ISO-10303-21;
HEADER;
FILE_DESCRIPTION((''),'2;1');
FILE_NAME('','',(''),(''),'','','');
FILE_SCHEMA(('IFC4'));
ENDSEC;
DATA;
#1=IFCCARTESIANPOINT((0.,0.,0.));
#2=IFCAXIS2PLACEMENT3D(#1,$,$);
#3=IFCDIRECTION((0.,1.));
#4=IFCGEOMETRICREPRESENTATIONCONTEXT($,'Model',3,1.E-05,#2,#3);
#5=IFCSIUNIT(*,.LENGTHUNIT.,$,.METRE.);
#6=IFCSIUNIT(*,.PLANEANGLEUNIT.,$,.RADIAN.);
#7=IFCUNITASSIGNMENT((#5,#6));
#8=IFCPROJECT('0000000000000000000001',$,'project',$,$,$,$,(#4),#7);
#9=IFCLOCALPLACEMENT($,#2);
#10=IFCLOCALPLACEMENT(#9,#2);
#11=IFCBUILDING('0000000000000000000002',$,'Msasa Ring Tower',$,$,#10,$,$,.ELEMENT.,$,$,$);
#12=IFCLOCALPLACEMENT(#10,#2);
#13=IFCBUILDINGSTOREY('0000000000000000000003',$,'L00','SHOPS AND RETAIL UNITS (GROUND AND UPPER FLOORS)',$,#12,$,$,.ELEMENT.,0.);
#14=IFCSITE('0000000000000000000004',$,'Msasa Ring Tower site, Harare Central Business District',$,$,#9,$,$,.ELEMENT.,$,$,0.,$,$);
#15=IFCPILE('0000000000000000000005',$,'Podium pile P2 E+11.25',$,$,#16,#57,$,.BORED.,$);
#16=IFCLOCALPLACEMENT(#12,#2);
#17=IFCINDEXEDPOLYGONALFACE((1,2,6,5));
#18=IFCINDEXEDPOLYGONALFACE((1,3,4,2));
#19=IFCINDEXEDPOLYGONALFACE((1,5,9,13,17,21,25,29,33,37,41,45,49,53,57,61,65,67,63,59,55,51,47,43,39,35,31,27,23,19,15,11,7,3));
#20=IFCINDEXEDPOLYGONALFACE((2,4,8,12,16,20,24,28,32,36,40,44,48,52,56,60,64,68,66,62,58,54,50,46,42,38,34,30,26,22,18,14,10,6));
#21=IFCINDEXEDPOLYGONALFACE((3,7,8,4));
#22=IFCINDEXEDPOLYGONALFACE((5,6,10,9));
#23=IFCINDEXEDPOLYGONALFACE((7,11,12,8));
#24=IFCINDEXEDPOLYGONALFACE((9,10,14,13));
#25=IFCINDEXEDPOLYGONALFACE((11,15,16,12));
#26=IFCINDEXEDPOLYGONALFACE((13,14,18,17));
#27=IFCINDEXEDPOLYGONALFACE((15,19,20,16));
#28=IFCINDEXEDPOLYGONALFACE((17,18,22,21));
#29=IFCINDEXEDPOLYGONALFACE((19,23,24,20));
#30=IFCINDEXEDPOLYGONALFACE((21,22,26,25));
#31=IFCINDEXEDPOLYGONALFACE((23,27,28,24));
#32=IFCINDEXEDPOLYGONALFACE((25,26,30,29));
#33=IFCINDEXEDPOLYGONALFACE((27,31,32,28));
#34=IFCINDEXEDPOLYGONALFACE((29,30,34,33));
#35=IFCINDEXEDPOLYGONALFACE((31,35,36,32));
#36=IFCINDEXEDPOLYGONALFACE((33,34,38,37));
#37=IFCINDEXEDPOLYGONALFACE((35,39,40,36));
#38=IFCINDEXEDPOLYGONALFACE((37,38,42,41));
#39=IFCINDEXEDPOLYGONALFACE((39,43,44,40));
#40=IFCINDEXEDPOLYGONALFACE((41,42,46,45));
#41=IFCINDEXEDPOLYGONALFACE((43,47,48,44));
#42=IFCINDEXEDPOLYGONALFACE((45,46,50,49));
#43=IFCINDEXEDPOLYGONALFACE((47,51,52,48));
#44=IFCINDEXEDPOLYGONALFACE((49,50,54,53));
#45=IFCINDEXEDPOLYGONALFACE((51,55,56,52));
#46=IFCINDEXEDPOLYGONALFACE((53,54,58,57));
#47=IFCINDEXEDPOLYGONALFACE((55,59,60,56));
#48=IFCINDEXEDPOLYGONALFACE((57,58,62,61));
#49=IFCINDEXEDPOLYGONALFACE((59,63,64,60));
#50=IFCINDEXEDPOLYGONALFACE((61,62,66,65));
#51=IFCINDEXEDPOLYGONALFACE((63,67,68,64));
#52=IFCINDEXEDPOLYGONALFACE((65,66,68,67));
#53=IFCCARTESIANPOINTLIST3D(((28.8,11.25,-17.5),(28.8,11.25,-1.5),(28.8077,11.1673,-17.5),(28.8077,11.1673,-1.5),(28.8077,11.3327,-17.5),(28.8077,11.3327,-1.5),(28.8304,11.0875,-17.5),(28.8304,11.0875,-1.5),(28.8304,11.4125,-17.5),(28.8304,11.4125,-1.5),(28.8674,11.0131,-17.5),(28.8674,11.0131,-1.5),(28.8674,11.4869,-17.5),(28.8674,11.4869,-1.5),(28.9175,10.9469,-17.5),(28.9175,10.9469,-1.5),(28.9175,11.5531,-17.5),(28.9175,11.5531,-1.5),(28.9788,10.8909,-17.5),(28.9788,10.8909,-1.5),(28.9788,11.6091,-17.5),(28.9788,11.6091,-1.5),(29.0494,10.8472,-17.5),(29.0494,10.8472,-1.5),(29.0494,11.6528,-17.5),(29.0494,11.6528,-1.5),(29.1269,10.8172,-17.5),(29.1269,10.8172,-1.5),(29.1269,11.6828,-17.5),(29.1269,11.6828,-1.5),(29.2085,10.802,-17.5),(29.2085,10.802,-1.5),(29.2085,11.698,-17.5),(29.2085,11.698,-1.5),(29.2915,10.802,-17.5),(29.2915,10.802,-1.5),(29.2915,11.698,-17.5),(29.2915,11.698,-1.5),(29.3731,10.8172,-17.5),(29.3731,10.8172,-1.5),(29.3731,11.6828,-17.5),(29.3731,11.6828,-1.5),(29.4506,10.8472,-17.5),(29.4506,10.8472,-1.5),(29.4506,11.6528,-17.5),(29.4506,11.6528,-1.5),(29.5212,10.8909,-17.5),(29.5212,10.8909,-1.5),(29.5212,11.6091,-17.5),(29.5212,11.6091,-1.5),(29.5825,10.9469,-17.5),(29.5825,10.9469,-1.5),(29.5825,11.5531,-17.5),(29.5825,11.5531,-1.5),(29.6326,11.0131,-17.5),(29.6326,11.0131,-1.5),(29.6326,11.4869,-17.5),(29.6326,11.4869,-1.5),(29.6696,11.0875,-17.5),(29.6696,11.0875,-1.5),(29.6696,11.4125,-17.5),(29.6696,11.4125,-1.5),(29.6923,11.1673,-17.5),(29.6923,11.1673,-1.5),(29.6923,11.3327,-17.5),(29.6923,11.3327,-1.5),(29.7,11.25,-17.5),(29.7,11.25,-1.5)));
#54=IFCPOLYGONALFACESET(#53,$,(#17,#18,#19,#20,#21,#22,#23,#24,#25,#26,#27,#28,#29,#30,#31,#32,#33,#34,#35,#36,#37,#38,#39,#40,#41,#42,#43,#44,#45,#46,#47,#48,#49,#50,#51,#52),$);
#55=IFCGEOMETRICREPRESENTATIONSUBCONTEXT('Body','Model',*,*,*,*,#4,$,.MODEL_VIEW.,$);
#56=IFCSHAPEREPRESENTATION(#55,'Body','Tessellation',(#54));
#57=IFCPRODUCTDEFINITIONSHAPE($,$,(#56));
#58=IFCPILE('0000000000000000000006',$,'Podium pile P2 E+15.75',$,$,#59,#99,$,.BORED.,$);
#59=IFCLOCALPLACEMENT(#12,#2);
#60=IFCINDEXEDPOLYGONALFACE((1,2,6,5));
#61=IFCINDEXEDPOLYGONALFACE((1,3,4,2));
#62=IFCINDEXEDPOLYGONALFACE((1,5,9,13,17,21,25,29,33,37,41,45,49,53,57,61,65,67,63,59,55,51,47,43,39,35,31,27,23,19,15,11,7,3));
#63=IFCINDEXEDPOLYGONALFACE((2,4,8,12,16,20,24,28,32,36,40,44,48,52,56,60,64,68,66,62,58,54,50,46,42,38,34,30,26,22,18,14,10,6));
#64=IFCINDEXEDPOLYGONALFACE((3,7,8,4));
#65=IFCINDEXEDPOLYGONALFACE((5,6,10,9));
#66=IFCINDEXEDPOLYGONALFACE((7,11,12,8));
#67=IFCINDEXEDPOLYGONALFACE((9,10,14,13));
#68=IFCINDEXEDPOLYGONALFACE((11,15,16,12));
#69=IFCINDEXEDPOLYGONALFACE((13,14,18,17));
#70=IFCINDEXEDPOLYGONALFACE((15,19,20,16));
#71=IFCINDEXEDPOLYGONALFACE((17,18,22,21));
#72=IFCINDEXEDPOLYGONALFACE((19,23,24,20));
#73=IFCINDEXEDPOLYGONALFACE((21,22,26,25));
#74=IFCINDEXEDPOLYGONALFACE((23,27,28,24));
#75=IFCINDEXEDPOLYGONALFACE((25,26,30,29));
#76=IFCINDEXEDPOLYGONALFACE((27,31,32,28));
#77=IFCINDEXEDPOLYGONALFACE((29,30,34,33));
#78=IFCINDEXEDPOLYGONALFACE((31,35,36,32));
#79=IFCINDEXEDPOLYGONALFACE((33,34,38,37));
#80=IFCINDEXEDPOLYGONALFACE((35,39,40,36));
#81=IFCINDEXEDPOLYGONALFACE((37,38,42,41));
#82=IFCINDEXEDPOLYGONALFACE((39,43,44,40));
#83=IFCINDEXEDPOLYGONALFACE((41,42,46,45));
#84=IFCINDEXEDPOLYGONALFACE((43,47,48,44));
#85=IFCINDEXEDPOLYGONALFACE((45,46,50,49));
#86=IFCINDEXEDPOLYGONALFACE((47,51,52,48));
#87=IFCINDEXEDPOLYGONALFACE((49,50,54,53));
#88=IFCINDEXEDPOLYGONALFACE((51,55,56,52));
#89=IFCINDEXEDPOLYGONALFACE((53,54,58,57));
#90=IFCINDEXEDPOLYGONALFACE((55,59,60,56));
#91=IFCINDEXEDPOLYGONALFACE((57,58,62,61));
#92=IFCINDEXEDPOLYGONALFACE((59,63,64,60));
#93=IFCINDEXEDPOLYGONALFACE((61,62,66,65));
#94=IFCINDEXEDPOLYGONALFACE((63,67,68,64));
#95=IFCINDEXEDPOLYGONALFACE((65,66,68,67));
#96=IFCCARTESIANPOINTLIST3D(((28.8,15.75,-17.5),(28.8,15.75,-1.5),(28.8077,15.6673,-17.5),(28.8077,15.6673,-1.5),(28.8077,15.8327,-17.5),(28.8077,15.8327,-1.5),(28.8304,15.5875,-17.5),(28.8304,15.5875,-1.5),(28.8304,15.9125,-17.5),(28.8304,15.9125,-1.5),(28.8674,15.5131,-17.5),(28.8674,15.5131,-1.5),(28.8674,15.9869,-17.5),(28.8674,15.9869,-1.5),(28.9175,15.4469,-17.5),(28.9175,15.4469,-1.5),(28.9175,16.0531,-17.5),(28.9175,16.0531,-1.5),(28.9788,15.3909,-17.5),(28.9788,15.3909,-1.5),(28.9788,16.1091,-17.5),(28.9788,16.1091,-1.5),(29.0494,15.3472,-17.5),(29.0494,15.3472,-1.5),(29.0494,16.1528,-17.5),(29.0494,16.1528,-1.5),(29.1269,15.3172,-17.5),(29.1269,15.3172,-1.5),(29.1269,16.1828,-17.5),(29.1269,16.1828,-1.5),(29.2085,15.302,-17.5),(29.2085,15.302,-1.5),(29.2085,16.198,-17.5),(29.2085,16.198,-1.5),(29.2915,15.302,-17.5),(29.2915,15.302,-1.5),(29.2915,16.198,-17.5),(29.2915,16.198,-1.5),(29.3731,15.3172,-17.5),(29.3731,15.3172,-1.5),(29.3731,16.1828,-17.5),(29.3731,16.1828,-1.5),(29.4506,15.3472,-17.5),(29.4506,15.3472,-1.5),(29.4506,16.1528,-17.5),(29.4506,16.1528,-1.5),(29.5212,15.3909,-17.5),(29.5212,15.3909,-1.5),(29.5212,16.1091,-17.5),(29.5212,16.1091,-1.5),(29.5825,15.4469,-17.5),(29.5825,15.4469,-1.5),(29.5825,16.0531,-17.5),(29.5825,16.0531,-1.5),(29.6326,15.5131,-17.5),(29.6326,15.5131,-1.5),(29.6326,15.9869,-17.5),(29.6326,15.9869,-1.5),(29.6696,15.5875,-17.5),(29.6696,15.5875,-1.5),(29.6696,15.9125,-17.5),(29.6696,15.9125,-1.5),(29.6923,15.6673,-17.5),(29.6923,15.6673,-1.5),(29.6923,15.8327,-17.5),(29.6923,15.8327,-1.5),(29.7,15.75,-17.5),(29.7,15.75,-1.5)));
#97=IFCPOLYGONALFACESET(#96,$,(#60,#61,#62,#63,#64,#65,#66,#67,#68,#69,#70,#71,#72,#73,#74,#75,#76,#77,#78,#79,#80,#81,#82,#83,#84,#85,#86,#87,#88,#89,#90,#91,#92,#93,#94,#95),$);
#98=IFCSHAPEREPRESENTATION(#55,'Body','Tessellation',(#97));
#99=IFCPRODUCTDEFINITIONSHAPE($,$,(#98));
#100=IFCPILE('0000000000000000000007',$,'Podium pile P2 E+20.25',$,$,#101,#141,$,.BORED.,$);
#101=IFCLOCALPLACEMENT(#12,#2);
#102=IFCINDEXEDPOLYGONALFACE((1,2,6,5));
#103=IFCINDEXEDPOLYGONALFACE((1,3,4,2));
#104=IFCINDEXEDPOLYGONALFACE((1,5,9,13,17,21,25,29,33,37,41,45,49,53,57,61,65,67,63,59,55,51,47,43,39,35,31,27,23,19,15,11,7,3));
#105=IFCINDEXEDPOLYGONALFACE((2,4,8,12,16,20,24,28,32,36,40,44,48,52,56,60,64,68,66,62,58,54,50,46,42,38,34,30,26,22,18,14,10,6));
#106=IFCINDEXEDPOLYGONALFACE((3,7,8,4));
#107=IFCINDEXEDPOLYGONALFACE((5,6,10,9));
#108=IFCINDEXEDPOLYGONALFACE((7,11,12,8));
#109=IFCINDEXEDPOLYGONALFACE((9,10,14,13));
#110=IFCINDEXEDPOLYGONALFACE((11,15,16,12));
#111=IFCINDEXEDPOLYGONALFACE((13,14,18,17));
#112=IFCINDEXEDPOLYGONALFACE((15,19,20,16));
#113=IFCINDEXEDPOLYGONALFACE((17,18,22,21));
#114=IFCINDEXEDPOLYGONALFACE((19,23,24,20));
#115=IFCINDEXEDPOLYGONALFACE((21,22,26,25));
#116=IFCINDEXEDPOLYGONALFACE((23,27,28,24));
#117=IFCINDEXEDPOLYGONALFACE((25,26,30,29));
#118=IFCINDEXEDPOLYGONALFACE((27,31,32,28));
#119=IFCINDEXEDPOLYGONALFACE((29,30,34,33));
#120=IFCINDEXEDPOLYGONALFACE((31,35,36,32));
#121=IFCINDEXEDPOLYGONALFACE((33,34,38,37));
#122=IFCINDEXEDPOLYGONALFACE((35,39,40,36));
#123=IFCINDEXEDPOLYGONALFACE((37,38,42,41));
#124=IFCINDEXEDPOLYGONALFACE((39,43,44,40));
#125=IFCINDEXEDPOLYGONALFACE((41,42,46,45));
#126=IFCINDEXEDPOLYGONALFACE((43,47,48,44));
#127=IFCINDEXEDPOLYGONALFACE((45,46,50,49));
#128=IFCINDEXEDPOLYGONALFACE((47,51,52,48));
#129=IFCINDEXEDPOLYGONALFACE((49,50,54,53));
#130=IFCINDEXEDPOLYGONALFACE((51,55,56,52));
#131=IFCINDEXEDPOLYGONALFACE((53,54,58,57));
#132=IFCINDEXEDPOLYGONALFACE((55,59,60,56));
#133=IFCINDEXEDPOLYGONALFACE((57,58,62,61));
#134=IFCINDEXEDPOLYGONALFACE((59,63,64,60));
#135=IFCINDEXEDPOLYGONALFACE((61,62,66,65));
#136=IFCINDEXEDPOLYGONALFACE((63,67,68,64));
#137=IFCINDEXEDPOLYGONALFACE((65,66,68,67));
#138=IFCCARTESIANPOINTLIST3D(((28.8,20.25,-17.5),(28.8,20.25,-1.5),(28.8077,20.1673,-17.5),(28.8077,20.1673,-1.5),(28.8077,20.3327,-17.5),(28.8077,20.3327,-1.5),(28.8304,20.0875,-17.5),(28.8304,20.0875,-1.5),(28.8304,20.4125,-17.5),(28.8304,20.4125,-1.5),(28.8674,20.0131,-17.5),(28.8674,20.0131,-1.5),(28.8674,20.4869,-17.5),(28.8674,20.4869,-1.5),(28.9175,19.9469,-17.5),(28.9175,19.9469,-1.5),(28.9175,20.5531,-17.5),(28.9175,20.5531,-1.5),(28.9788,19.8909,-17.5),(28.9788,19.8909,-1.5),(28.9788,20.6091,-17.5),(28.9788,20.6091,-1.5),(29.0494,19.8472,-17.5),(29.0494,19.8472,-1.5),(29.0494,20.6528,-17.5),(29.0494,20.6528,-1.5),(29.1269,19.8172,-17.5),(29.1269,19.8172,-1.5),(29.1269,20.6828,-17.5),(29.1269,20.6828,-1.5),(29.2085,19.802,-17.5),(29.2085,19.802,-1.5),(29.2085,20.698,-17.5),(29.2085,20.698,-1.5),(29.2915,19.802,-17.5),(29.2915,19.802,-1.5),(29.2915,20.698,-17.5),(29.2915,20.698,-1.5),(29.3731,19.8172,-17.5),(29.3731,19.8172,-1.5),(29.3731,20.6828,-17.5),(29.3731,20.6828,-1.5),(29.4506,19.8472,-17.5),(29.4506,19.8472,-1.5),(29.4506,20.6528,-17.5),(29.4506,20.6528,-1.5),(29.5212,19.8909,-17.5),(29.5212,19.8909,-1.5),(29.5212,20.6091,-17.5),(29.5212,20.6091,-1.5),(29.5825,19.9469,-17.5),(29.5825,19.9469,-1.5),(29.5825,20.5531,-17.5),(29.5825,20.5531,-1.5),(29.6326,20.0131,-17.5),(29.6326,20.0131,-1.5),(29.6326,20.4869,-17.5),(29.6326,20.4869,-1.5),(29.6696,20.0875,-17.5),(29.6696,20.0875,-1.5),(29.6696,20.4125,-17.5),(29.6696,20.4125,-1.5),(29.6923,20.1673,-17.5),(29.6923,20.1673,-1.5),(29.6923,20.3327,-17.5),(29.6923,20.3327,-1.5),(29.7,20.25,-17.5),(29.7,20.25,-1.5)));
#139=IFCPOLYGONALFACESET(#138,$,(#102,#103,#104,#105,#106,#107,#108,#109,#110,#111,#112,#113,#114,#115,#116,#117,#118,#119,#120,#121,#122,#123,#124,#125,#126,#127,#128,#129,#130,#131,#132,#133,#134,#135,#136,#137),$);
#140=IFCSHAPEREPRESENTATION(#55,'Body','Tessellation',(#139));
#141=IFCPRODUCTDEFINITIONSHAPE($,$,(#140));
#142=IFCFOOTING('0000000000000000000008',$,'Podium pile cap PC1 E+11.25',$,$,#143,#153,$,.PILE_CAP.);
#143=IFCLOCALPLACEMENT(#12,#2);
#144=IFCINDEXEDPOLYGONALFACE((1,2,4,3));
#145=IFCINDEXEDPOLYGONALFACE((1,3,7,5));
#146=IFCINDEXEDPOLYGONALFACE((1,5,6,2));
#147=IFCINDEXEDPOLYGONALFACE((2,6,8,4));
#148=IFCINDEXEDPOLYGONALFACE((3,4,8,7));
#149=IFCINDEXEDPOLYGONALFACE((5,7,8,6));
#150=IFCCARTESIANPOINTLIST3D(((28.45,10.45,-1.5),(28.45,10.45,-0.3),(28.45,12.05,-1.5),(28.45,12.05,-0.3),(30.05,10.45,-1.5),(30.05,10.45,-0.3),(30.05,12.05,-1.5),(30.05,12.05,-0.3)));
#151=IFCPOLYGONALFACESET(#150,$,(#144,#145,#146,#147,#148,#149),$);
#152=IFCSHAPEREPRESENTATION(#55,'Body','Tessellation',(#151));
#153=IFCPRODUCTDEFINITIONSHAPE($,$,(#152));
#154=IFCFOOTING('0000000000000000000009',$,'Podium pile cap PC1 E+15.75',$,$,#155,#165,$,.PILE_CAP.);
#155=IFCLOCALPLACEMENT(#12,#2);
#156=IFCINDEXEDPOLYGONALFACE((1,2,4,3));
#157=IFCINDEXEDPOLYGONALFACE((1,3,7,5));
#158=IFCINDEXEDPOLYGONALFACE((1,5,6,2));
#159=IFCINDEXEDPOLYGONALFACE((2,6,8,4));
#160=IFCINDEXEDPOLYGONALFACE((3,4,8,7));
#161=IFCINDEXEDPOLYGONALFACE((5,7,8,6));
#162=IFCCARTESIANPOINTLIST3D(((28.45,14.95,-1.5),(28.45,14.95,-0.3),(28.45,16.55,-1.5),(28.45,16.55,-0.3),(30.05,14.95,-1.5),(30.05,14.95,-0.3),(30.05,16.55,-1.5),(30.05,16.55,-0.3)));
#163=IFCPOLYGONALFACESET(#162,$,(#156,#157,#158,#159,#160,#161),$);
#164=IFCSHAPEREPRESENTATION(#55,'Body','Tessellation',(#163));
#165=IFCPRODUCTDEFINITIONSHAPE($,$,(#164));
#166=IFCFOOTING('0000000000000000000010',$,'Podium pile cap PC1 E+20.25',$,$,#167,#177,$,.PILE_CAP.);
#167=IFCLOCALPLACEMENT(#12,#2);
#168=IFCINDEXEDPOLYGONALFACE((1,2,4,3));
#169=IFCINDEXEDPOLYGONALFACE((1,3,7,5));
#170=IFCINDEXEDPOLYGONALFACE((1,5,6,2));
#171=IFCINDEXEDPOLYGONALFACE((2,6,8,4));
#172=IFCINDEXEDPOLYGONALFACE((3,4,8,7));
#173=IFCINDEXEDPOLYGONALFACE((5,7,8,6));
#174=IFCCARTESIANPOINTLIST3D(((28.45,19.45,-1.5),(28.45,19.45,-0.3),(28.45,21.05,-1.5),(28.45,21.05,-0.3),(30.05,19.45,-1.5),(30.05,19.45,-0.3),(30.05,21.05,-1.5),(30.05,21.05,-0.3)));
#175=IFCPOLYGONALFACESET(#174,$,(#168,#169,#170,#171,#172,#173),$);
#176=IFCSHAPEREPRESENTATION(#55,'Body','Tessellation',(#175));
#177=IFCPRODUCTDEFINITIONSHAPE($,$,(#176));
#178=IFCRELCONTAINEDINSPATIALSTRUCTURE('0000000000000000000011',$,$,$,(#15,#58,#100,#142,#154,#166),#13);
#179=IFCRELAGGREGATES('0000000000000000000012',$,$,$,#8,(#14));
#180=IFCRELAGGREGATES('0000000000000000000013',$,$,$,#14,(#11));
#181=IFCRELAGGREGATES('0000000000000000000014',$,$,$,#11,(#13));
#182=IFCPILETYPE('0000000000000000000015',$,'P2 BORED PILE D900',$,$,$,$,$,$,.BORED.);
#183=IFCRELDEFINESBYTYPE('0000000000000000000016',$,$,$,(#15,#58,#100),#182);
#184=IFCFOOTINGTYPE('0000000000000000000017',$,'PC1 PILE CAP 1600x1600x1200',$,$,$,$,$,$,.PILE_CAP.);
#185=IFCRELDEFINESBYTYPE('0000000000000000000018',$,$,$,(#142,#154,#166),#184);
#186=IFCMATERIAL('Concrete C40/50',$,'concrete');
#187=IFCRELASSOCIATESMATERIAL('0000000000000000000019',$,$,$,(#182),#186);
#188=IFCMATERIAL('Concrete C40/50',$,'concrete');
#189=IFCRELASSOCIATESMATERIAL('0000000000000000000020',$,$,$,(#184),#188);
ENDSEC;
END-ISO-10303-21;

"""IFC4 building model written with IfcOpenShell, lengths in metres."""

from ifc_helpers import new_model, si_unit, direction, frame, origin, origin_2d, place, context, subcontext, project, spatial, rectangle, circle, extrude, material, material_profile, profile_set, type_object, element, save


model = new_model("IFC4")

# Units and contexts
model_context = context("Model", 3, precision=1e-05, world=origin(), true_north=direction((0.0, 1.0)))
body_context = subcontext(model_context, "Body", "Model", "MODEL_VIEW")
ifc_project = project(units=[si_unit("LENGTHUNIT", "METRE"), si_unit("PLANEANGLEUNIT", "RADIAN")], contexts=[model_context])

# Site, building, storey
site_placement = place(None, origin())
site = spatial("IfcSite", under=ifc_project, at=site_placement, Name="Msasa Ring Tower site, Harare Central Business District", CompositionType="ELEMENT", RefElevation=0.0)
building_placement = place(site_placement, origin())
building = spatial("IfcBuilding", under=site, at=building_placement, Name="Msasa Ring Tower", CompositionType="ELEMENT")
storey_placement = place(building_placement, origin())
storey = spatial("IfcBuildingStorey", under=building, at=storey_placement, Name="L00", Description="SHOPS AND RETAIL UNITS (GROUND AND UPPER FLOORS)", CompositionType="ELEMENT", Elevation=0.0)

# Piles
ifc_material_1 = material(Name="Concrete C40/50", Category="concrete")
ifc_material_profile_1 = material_profile(ifc_material_1, circle(Radius=0.45, at=origin_2d()), Name="D900")
ifc_profile_set_1 = profile_set([ifc_material_profile_1], Name="Concrete C40/50")
pile_type_1 = type_object("IfcPileType", Name="P2 BORED PILE D900", PredefinedType="BORED", material=ifc_profile_set_1)
for number, where, z_axis, x_axis, name in (
    (1, (29.25, 11.25, -1.5), (0.0, 0.0, -1.0), (1.0, 0.0, 0.0), "Podium pile P2 E+11.25"),
    (2, (29.25, 15.75, -1.5), (0.0, 0.0, -1.0), (1.0, 0.0, 0.0), "Podium pile P2 E+15.75"),
    (3, (29.25, 20.25, -1.5), (0.0, 0.0, -1.0), (1.0, 0.0, 0.0), "Podium pile P2 E+20.25"),
):
    element("IfcPile", number, at=place(storey_placement, frame(where, z_axis=z_axis, x_axis=x_axis)), inside=storey, type_object=pile_type_1, Name=name, PredefinedType="BORED", context=body_context, shape_type="SweptSolid", body=[
        extrude(circle(Radius=0.45, at=origin_2d()), origin(), (0.0, 0.0, 1.0), 16.0),
    ])

# Footings
ifc_material_2 = material(Name="Concrete C40/50", Category="concrete")
footing_type = type_object("IfcFootingType", Name="PC1 PILE CAP 1600x1600x1200", PredefinedType="PILE_CAP", material=ifc_material_2)
for number, where, z_axis, x_axis, name in (
    (4, (29.25, 11.25, -1.5), (0.0, 0.0, 1.0), (1.0, 0.0, 0.0), "Podium pile cap PC1 E+11.25"),
    (5, (29.25, 15.75, -1.5), (0.0, 0.0, 1.0), (1.0, 0.0, 0.0), "Podium pile cap PC1 E+15.75"),
    (6, (29.25, 20.25, -1.5), (0.0, 0.0, 1.0), (1.0, 0.0, 0.0), "Podium pile cap PC1 E+20.25"),
):
    element("IfcFooting", number, at=place(storey_placement, frame(where, z_axis=z_axis, x_axis=x_axis)), inside=storey, type_object=footing_type, Name=name, PredefinedType="PILE_CAP", context=body_context, shape_type="SweptSolid", body=[
        extrude(rectangle(XDim=1.6001, YDim=1.6001, at=origin_2d()), origin(), (0.0, 0.0, 1.0), 1.2),
    ])

save(model, "model.ifc")
